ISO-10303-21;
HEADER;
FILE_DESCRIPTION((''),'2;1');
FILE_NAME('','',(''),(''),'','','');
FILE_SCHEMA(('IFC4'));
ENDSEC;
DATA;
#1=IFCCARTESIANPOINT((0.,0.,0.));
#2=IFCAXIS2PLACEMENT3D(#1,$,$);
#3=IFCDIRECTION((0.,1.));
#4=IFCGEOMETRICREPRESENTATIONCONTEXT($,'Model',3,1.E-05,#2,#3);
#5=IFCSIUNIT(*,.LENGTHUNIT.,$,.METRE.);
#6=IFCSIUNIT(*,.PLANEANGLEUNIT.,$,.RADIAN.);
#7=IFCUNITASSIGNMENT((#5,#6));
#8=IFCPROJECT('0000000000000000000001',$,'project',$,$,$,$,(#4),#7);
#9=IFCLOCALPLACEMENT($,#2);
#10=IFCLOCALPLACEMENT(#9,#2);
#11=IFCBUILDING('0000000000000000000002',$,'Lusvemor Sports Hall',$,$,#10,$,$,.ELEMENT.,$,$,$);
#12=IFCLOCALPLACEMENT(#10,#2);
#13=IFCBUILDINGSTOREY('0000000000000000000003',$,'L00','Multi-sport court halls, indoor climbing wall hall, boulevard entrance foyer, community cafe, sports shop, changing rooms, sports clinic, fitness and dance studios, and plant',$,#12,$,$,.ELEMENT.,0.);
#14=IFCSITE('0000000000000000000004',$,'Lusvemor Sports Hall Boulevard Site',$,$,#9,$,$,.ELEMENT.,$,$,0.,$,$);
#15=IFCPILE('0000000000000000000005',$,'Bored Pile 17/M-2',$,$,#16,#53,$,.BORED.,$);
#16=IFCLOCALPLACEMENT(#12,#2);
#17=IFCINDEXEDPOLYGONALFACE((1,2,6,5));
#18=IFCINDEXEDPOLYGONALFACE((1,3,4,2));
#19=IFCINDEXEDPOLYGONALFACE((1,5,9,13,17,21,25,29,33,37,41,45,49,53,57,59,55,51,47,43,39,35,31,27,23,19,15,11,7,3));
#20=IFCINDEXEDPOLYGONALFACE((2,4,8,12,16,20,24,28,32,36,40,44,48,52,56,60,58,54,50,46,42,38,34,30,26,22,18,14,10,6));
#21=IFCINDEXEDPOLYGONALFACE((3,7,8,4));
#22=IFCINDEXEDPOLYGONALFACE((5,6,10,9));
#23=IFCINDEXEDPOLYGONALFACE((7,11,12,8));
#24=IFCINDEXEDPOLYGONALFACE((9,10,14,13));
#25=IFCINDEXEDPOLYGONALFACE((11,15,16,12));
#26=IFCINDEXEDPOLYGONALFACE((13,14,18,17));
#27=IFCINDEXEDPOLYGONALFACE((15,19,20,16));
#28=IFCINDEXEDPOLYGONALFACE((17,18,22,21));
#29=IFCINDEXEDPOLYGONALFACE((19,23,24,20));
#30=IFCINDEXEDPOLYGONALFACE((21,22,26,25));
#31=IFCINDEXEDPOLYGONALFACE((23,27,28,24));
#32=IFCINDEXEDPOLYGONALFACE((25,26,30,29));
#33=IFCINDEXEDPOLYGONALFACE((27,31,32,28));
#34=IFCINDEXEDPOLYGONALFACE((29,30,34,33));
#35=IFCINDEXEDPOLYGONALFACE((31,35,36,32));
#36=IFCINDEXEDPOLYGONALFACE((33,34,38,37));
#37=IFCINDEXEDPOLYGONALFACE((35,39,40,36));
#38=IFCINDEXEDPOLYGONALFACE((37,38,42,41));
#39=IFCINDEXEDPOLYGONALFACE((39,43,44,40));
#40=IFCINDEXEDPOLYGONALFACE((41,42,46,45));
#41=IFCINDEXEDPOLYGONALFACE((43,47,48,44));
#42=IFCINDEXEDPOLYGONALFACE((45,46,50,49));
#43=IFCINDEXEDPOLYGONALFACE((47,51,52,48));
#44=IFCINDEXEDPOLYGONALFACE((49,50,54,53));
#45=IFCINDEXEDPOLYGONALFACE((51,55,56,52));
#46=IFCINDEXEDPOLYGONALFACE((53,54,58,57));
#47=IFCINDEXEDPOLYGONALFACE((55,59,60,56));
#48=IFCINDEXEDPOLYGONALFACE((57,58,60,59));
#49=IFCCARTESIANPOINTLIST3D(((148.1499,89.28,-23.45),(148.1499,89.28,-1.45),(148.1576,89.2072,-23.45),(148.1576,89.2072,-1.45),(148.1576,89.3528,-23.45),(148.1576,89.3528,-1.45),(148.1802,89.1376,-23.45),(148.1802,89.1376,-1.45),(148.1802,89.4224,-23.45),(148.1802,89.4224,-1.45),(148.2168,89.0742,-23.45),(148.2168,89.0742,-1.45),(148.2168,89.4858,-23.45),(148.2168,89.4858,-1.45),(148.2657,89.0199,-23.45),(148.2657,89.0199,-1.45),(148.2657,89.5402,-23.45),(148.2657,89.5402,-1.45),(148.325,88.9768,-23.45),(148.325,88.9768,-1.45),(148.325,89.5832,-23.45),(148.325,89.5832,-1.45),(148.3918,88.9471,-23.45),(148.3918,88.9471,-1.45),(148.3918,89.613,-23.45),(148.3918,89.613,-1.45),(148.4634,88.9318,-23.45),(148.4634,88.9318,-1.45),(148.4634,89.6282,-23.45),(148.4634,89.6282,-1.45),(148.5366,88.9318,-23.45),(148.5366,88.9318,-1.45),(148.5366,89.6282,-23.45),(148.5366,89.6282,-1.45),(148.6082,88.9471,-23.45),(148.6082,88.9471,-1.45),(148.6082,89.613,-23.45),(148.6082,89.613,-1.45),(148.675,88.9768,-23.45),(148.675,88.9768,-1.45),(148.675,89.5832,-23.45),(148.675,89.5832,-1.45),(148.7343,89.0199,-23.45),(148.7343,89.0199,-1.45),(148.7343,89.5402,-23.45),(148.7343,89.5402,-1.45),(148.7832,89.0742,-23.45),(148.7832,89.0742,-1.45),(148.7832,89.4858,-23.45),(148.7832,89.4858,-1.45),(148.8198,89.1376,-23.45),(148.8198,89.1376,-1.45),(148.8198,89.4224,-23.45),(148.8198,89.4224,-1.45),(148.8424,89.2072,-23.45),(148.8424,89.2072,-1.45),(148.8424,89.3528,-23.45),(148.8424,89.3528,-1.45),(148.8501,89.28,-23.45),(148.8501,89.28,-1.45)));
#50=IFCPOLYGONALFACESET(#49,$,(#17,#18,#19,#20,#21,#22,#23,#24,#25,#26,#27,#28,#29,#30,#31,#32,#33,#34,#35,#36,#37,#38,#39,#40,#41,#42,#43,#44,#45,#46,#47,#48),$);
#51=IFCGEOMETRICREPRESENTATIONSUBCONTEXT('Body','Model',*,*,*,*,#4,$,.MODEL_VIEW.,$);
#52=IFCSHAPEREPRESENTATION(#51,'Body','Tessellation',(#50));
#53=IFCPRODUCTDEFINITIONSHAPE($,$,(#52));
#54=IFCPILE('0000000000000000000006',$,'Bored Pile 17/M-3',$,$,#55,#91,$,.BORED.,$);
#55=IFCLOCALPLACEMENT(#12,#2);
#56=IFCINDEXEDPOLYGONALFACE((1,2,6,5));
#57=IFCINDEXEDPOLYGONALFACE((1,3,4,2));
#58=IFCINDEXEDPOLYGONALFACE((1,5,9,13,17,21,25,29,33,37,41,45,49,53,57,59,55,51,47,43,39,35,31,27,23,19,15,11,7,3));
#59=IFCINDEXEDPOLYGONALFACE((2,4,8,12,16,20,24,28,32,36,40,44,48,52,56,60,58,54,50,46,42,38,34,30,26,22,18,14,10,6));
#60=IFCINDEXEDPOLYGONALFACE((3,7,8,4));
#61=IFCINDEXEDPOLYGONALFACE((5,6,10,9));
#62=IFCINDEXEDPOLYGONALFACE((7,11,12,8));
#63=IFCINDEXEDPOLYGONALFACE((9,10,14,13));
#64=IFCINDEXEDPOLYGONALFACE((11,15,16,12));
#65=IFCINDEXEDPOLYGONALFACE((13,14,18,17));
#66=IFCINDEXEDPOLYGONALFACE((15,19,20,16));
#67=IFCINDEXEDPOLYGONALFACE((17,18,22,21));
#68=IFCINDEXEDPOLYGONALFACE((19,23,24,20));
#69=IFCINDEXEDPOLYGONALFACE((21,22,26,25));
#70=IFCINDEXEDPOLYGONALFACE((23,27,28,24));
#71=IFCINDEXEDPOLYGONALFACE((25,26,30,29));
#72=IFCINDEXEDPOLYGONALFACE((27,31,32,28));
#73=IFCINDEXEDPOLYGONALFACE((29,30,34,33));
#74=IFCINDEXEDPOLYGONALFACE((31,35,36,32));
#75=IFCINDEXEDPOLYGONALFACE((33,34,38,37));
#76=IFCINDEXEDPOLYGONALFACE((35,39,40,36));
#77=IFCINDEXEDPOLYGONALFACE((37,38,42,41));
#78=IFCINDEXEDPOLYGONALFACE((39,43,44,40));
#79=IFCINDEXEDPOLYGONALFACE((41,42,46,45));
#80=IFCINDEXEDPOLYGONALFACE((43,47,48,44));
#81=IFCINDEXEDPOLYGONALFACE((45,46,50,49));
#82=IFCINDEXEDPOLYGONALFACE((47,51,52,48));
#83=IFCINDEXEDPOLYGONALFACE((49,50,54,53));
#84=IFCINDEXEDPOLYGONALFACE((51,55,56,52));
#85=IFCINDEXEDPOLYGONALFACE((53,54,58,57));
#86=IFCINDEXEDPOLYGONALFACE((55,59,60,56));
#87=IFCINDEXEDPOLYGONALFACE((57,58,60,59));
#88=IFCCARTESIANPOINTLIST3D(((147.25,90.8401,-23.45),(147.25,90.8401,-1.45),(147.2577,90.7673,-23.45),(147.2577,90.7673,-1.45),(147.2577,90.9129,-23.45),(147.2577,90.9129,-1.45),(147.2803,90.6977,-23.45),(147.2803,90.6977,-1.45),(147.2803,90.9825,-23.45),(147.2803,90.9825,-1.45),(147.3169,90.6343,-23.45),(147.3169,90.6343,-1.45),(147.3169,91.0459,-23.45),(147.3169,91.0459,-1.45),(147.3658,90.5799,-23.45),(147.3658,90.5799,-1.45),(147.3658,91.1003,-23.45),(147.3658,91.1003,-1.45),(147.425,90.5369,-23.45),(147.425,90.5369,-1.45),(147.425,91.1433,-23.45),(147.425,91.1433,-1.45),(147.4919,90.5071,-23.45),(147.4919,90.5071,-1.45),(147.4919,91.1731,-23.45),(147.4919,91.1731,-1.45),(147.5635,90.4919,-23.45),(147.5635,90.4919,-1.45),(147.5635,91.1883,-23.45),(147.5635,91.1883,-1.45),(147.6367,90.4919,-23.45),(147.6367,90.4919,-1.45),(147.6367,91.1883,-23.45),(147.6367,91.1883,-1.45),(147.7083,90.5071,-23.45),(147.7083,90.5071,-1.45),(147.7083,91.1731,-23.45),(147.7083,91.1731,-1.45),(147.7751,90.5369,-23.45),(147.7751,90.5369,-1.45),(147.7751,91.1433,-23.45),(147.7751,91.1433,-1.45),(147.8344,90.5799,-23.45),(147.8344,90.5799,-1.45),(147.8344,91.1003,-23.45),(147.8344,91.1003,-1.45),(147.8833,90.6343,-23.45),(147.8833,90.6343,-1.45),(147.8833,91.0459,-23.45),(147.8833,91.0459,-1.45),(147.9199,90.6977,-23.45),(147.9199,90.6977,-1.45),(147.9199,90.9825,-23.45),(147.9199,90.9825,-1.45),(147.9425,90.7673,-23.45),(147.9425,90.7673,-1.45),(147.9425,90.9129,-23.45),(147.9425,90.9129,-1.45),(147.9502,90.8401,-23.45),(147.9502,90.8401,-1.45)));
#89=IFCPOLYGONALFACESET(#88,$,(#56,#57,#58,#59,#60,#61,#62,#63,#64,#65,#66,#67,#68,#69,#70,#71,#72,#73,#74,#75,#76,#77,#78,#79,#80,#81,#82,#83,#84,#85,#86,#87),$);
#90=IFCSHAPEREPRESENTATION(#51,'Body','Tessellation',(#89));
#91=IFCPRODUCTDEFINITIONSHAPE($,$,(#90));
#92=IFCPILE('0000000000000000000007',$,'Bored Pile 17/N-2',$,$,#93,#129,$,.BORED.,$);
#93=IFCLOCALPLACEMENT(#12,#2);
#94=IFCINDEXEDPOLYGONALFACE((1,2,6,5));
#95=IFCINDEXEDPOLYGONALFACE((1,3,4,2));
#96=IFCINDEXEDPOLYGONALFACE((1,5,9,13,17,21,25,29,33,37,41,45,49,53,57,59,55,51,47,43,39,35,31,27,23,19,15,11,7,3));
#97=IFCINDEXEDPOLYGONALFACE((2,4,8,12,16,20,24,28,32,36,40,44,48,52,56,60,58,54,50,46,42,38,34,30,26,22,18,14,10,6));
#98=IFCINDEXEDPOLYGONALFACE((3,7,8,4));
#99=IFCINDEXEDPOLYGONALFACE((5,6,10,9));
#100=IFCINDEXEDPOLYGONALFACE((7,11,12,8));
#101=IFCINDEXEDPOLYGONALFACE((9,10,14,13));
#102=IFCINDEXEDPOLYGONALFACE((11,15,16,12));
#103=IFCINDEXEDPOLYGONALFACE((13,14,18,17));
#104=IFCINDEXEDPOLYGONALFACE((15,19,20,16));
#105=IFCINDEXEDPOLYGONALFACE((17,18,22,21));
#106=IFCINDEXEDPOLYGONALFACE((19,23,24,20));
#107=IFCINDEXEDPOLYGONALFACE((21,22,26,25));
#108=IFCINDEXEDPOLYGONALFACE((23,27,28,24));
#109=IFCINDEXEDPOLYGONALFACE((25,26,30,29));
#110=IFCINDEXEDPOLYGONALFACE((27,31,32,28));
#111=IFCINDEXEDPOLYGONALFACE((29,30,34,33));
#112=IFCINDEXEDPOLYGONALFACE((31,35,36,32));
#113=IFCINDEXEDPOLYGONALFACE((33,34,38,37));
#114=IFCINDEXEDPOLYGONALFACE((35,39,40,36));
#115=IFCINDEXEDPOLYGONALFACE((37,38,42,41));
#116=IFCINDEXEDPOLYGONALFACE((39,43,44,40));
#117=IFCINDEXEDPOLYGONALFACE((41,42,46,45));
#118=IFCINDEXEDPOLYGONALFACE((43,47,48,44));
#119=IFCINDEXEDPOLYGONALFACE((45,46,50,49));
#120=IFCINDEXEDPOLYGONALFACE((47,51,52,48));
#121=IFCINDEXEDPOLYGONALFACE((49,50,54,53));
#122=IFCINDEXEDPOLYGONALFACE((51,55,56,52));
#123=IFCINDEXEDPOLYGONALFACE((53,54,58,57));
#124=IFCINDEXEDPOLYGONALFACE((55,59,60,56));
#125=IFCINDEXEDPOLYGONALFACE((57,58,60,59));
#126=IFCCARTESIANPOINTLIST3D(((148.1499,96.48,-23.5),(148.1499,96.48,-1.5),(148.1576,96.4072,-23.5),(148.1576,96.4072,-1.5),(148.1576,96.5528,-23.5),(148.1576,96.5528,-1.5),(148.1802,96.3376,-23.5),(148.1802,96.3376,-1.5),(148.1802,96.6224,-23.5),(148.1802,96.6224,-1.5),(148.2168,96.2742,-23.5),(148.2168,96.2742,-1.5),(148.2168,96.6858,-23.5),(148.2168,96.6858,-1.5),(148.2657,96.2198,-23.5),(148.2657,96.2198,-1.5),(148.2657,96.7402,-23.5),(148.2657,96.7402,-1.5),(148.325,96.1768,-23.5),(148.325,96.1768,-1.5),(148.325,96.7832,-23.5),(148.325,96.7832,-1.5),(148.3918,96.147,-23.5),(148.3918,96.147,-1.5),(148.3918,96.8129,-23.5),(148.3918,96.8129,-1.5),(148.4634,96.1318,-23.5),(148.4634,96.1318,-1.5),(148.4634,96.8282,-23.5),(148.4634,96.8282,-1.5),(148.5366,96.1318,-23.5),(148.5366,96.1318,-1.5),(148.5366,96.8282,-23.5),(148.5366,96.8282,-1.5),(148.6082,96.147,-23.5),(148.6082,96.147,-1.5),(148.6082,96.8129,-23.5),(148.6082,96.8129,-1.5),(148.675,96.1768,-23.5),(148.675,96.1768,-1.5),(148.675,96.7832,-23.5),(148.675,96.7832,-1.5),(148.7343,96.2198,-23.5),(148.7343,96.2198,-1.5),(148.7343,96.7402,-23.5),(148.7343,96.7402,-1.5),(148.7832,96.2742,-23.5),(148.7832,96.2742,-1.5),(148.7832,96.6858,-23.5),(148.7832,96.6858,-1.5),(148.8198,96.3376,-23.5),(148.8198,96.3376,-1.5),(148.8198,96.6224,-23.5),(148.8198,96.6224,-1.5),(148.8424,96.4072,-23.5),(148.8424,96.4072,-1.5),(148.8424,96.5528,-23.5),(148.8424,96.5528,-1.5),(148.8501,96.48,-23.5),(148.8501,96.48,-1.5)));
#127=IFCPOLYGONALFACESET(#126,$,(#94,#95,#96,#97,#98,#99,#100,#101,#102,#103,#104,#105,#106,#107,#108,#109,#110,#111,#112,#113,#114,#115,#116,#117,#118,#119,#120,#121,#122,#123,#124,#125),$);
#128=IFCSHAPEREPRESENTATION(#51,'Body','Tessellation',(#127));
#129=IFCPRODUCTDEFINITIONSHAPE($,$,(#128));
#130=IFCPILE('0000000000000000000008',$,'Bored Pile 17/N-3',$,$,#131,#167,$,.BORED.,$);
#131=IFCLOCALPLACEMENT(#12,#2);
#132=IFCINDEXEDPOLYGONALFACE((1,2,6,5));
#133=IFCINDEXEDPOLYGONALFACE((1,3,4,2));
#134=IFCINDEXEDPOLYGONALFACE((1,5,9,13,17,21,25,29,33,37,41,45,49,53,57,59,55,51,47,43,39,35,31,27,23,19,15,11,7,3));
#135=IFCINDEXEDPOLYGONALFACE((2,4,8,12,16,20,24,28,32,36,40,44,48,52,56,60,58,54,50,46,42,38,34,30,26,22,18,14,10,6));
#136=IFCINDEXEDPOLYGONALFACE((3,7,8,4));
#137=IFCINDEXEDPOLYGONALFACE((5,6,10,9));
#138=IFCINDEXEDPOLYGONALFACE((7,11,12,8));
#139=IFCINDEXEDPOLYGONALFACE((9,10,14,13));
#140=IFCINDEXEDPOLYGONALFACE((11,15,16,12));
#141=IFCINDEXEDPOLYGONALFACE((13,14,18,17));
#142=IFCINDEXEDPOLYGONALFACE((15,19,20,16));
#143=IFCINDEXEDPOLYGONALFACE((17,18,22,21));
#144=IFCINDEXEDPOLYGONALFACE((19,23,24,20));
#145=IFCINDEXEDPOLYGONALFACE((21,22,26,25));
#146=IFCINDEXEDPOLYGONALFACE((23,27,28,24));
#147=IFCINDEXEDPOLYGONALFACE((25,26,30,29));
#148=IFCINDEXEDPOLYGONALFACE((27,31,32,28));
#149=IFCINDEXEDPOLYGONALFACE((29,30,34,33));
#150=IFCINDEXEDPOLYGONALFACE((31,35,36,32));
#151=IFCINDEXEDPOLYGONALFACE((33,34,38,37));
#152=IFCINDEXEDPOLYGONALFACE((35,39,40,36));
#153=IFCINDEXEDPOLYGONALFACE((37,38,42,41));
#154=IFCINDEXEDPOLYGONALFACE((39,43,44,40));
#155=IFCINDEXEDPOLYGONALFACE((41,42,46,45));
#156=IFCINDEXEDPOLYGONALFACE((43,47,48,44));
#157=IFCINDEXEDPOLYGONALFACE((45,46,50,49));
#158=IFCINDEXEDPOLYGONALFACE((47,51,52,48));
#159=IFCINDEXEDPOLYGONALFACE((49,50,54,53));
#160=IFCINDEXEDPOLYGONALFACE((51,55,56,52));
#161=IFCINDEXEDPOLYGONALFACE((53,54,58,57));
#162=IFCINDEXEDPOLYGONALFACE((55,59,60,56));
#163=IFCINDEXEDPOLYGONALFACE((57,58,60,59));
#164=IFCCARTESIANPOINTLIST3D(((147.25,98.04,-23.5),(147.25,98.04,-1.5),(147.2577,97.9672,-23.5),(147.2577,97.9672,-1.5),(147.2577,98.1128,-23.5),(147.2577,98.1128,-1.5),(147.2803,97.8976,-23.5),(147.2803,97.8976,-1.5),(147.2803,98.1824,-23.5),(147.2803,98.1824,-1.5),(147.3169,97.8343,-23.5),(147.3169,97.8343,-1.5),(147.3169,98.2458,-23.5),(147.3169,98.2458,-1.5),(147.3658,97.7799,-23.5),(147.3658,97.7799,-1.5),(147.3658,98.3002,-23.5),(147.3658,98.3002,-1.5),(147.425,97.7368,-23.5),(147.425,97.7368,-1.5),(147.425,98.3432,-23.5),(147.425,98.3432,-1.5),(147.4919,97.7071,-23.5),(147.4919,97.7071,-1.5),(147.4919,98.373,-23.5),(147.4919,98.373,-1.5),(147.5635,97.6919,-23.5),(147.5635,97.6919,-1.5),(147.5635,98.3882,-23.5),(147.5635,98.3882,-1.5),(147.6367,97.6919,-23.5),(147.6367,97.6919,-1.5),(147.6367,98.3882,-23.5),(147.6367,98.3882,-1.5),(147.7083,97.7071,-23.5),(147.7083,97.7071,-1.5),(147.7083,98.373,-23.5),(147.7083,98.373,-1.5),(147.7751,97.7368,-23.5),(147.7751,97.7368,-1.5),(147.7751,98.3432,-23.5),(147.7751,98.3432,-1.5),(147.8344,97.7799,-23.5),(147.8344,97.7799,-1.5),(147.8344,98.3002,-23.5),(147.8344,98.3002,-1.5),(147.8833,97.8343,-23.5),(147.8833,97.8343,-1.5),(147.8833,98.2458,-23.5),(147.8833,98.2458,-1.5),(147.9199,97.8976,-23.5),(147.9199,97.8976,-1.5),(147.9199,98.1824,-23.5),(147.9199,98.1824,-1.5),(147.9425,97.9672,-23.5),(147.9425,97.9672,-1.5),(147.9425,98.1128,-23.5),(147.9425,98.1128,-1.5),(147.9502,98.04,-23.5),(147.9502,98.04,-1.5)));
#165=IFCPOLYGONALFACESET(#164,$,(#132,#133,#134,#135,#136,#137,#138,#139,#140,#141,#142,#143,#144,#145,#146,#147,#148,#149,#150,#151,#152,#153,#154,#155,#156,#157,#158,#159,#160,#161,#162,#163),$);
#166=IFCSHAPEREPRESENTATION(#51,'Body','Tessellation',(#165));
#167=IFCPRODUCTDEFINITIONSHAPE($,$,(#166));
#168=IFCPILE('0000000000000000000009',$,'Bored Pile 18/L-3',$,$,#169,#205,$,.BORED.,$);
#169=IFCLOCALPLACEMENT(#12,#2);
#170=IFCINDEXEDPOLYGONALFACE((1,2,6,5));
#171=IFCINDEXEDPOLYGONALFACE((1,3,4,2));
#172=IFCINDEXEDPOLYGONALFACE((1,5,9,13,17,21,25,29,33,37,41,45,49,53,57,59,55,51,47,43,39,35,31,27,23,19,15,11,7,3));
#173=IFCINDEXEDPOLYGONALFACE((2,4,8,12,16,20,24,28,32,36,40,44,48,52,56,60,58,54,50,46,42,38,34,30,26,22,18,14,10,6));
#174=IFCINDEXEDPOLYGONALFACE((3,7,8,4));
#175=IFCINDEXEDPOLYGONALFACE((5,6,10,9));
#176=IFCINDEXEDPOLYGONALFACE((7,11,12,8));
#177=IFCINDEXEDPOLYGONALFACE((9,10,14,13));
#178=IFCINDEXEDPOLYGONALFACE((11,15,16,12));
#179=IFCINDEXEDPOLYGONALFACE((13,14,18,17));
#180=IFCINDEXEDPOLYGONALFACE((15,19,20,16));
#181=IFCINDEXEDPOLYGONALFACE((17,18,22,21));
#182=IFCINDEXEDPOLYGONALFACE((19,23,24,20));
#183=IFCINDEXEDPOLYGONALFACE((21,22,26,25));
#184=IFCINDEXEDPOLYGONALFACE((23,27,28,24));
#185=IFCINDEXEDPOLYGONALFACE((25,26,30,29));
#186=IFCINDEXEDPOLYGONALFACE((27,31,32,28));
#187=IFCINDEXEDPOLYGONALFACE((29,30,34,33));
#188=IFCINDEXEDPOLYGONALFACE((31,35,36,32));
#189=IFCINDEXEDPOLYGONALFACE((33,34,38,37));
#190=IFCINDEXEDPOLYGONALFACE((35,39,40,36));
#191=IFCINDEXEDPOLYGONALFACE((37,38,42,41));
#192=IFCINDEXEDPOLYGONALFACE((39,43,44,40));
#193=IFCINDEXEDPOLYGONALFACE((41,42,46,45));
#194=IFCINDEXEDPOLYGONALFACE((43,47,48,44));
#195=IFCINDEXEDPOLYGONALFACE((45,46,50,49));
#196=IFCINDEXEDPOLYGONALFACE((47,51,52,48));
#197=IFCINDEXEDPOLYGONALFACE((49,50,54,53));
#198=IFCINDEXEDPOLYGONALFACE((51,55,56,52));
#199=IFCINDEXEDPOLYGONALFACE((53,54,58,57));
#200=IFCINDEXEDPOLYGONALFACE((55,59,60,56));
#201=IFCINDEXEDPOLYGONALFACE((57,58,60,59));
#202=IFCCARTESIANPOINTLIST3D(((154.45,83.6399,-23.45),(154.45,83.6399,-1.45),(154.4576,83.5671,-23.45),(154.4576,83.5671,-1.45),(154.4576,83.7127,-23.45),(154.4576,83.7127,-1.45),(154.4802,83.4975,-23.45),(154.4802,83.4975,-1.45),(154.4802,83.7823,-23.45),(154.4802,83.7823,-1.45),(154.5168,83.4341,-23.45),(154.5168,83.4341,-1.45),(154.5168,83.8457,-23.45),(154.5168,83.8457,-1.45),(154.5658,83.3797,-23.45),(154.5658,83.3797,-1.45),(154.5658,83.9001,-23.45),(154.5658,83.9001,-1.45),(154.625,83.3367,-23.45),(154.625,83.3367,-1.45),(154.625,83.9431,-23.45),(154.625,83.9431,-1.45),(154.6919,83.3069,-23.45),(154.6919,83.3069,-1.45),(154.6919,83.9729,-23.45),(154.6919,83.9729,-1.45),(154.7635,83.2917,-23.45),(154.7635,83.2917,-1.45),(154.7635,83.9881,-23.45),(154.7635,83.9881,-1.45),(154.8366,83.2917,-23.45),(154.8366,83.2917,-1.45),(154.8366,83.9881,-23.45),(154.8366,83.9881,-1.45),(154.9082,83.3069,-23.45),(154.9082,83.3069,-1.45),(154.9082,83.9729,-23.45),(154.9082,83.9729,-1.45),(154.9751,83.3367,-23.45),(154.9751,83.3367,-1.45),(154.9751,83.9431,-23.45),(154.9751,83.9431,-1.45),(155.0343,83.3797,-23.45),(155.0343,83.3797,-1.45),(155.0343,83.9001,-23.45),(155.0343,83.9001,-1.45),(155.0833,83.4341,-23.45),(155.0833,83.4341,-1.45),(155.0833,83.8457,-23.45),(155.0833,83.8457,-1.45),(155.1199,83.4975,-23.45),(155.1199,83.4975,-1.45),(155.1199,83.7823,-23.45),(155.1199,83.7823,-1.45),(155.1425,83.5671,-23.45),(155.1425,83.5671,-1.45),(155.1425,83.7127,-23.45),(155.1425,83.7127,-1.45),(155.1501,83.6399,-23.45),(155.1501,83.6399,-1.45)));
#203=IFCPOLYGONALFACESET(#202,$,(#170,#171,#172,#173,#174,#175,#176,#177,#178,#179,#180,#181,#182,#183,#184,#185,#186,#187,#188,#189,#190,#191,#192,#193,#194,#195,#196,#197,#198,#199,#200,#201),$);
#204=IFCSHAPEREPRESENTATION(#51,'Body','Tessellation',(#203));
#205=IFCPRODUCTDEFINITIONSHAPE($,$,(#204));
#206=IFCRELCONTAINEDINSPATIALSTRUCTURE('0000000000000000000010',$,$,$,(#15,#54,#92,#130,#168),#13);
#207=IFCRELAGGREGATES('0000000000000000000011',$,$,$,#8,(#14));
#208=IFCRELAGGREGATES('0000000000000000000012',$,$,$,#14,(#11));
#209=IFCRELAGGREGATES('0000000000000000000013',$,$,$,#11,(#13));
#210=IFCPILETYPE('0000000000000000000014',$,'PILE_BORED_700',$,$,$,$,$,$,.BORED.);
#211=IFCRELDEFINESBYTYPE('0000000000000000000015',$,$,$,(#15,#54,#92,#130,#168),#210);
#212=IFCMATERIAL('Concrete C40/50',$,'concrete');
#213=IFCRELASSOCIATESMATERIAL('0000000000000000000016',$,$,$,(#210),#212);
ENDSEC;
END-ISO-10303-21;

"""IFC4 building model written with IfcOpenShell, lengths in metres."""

from ifc_helpers import new_model, si_unit, direction, frame, origin, origin_2d, place, context, subcontext, project, spatial, circle, extrude, material, material_profile, profile_set, type_object, element, save


model = new_model("IFC4")

# Units and contexts
model_context = context("Model", 3, precision=1e-05, world=origin(), true_north=direction((0.0, 1.0)))
body_context = subcontext(model_context, "Body", "Model", "MODEL_VIEW")
ifc_project = project(units=[si_unit("LENGTHUNIT", "METRE"), si_unit("PLANEANGLEUNIT", "RADIAN")], contexts=[model_context])

# Site, building, storey
site_placement = place(None, origin())
site = spatial("IfcSite", under=ifc_project, at=site_placement, Name="Lusvemor Sports Hall Boulevard Site", CompositionType="ELEMENT", RefElevation=0.0)
building_placement = place(site_placement, origin())
building = spatial("IfcBuilding", under=site, at=building_placement, Name="Lusvemor Sports Hall", CompositionType="ELEMENT")
storey_placement = place(building_placement, origin())
storey = spatial("IfcBuildingStorey", under=building, at=storey_placement, Name="L00", Description="Multi-sport court halls, indoor climbing wall hall, boulevard entrance foyer, community cafe, sports shop, changing rooms, sports clinic, fitness and dance studios, and plant", CompositionType="ELEMENT", Elevation=0.0)

# Piles
ifc_material_1 = material(Name="Concrete C40/50", Category="concrete")
ifc_material_profile_1 = material_profile(ifc_material_1, circle(Radius=0.3501, at=origin_2d()), Name="PILE700")
ifc_profile_set_1 = profile_set([ifc_material_profile_1], Name="Concrete C40/50")
pile_type = type_object("IfcPileType", Name="PILE_BORED_700", PredefinedType="BORED", material=ifc_profile_set_1)
for number, where, z_axis, x_axis, name in (
    (1, (148.5, 89.28, -1.45), (0.0, 0.0, -1.0), (1.0, 0.0, 0.0), "Bored Pile 17/M-2"),
    (2, (147.6001, 90.8401, -1.45), (0.0, 0.0, -1.0), (1.0, 0.0, 0.0), "Bored Pile 17/M-3"),
    (3, (148.5, 96.48, -1.5), (0.0, 0.0, -1.0), (1.0, 0.0, 0.0), "Bored Pile 17/N-2"),
    (4, (147.6001, 98.04, -1.5), (0.0, 0.0, -1.0), (1.0, 0.0, 0.0), "Bored Pile 17/N-3"),
    (5, (154.8, 83.6399, -1.45), (0.0, 0.0, -1.0), (1.0, 0.0, 0.0), "Bored Pile 18/L-3"),
):
    element("IfcPile", number, at=place(storey_placement, frame(where, z_axis=z_axis, x_axis=x_axis)), inside=storey, type_object=pile_type, Name=name, PredefinedType="BORED", context=body_context, shape_type="SweptSolid", body=[
        extrude(circle(Radius=0.3501, at=origin_2d()), origin(), (0.0, 0.0, 1.0), 22.0),
    ])

save(model, "model.ifc")
